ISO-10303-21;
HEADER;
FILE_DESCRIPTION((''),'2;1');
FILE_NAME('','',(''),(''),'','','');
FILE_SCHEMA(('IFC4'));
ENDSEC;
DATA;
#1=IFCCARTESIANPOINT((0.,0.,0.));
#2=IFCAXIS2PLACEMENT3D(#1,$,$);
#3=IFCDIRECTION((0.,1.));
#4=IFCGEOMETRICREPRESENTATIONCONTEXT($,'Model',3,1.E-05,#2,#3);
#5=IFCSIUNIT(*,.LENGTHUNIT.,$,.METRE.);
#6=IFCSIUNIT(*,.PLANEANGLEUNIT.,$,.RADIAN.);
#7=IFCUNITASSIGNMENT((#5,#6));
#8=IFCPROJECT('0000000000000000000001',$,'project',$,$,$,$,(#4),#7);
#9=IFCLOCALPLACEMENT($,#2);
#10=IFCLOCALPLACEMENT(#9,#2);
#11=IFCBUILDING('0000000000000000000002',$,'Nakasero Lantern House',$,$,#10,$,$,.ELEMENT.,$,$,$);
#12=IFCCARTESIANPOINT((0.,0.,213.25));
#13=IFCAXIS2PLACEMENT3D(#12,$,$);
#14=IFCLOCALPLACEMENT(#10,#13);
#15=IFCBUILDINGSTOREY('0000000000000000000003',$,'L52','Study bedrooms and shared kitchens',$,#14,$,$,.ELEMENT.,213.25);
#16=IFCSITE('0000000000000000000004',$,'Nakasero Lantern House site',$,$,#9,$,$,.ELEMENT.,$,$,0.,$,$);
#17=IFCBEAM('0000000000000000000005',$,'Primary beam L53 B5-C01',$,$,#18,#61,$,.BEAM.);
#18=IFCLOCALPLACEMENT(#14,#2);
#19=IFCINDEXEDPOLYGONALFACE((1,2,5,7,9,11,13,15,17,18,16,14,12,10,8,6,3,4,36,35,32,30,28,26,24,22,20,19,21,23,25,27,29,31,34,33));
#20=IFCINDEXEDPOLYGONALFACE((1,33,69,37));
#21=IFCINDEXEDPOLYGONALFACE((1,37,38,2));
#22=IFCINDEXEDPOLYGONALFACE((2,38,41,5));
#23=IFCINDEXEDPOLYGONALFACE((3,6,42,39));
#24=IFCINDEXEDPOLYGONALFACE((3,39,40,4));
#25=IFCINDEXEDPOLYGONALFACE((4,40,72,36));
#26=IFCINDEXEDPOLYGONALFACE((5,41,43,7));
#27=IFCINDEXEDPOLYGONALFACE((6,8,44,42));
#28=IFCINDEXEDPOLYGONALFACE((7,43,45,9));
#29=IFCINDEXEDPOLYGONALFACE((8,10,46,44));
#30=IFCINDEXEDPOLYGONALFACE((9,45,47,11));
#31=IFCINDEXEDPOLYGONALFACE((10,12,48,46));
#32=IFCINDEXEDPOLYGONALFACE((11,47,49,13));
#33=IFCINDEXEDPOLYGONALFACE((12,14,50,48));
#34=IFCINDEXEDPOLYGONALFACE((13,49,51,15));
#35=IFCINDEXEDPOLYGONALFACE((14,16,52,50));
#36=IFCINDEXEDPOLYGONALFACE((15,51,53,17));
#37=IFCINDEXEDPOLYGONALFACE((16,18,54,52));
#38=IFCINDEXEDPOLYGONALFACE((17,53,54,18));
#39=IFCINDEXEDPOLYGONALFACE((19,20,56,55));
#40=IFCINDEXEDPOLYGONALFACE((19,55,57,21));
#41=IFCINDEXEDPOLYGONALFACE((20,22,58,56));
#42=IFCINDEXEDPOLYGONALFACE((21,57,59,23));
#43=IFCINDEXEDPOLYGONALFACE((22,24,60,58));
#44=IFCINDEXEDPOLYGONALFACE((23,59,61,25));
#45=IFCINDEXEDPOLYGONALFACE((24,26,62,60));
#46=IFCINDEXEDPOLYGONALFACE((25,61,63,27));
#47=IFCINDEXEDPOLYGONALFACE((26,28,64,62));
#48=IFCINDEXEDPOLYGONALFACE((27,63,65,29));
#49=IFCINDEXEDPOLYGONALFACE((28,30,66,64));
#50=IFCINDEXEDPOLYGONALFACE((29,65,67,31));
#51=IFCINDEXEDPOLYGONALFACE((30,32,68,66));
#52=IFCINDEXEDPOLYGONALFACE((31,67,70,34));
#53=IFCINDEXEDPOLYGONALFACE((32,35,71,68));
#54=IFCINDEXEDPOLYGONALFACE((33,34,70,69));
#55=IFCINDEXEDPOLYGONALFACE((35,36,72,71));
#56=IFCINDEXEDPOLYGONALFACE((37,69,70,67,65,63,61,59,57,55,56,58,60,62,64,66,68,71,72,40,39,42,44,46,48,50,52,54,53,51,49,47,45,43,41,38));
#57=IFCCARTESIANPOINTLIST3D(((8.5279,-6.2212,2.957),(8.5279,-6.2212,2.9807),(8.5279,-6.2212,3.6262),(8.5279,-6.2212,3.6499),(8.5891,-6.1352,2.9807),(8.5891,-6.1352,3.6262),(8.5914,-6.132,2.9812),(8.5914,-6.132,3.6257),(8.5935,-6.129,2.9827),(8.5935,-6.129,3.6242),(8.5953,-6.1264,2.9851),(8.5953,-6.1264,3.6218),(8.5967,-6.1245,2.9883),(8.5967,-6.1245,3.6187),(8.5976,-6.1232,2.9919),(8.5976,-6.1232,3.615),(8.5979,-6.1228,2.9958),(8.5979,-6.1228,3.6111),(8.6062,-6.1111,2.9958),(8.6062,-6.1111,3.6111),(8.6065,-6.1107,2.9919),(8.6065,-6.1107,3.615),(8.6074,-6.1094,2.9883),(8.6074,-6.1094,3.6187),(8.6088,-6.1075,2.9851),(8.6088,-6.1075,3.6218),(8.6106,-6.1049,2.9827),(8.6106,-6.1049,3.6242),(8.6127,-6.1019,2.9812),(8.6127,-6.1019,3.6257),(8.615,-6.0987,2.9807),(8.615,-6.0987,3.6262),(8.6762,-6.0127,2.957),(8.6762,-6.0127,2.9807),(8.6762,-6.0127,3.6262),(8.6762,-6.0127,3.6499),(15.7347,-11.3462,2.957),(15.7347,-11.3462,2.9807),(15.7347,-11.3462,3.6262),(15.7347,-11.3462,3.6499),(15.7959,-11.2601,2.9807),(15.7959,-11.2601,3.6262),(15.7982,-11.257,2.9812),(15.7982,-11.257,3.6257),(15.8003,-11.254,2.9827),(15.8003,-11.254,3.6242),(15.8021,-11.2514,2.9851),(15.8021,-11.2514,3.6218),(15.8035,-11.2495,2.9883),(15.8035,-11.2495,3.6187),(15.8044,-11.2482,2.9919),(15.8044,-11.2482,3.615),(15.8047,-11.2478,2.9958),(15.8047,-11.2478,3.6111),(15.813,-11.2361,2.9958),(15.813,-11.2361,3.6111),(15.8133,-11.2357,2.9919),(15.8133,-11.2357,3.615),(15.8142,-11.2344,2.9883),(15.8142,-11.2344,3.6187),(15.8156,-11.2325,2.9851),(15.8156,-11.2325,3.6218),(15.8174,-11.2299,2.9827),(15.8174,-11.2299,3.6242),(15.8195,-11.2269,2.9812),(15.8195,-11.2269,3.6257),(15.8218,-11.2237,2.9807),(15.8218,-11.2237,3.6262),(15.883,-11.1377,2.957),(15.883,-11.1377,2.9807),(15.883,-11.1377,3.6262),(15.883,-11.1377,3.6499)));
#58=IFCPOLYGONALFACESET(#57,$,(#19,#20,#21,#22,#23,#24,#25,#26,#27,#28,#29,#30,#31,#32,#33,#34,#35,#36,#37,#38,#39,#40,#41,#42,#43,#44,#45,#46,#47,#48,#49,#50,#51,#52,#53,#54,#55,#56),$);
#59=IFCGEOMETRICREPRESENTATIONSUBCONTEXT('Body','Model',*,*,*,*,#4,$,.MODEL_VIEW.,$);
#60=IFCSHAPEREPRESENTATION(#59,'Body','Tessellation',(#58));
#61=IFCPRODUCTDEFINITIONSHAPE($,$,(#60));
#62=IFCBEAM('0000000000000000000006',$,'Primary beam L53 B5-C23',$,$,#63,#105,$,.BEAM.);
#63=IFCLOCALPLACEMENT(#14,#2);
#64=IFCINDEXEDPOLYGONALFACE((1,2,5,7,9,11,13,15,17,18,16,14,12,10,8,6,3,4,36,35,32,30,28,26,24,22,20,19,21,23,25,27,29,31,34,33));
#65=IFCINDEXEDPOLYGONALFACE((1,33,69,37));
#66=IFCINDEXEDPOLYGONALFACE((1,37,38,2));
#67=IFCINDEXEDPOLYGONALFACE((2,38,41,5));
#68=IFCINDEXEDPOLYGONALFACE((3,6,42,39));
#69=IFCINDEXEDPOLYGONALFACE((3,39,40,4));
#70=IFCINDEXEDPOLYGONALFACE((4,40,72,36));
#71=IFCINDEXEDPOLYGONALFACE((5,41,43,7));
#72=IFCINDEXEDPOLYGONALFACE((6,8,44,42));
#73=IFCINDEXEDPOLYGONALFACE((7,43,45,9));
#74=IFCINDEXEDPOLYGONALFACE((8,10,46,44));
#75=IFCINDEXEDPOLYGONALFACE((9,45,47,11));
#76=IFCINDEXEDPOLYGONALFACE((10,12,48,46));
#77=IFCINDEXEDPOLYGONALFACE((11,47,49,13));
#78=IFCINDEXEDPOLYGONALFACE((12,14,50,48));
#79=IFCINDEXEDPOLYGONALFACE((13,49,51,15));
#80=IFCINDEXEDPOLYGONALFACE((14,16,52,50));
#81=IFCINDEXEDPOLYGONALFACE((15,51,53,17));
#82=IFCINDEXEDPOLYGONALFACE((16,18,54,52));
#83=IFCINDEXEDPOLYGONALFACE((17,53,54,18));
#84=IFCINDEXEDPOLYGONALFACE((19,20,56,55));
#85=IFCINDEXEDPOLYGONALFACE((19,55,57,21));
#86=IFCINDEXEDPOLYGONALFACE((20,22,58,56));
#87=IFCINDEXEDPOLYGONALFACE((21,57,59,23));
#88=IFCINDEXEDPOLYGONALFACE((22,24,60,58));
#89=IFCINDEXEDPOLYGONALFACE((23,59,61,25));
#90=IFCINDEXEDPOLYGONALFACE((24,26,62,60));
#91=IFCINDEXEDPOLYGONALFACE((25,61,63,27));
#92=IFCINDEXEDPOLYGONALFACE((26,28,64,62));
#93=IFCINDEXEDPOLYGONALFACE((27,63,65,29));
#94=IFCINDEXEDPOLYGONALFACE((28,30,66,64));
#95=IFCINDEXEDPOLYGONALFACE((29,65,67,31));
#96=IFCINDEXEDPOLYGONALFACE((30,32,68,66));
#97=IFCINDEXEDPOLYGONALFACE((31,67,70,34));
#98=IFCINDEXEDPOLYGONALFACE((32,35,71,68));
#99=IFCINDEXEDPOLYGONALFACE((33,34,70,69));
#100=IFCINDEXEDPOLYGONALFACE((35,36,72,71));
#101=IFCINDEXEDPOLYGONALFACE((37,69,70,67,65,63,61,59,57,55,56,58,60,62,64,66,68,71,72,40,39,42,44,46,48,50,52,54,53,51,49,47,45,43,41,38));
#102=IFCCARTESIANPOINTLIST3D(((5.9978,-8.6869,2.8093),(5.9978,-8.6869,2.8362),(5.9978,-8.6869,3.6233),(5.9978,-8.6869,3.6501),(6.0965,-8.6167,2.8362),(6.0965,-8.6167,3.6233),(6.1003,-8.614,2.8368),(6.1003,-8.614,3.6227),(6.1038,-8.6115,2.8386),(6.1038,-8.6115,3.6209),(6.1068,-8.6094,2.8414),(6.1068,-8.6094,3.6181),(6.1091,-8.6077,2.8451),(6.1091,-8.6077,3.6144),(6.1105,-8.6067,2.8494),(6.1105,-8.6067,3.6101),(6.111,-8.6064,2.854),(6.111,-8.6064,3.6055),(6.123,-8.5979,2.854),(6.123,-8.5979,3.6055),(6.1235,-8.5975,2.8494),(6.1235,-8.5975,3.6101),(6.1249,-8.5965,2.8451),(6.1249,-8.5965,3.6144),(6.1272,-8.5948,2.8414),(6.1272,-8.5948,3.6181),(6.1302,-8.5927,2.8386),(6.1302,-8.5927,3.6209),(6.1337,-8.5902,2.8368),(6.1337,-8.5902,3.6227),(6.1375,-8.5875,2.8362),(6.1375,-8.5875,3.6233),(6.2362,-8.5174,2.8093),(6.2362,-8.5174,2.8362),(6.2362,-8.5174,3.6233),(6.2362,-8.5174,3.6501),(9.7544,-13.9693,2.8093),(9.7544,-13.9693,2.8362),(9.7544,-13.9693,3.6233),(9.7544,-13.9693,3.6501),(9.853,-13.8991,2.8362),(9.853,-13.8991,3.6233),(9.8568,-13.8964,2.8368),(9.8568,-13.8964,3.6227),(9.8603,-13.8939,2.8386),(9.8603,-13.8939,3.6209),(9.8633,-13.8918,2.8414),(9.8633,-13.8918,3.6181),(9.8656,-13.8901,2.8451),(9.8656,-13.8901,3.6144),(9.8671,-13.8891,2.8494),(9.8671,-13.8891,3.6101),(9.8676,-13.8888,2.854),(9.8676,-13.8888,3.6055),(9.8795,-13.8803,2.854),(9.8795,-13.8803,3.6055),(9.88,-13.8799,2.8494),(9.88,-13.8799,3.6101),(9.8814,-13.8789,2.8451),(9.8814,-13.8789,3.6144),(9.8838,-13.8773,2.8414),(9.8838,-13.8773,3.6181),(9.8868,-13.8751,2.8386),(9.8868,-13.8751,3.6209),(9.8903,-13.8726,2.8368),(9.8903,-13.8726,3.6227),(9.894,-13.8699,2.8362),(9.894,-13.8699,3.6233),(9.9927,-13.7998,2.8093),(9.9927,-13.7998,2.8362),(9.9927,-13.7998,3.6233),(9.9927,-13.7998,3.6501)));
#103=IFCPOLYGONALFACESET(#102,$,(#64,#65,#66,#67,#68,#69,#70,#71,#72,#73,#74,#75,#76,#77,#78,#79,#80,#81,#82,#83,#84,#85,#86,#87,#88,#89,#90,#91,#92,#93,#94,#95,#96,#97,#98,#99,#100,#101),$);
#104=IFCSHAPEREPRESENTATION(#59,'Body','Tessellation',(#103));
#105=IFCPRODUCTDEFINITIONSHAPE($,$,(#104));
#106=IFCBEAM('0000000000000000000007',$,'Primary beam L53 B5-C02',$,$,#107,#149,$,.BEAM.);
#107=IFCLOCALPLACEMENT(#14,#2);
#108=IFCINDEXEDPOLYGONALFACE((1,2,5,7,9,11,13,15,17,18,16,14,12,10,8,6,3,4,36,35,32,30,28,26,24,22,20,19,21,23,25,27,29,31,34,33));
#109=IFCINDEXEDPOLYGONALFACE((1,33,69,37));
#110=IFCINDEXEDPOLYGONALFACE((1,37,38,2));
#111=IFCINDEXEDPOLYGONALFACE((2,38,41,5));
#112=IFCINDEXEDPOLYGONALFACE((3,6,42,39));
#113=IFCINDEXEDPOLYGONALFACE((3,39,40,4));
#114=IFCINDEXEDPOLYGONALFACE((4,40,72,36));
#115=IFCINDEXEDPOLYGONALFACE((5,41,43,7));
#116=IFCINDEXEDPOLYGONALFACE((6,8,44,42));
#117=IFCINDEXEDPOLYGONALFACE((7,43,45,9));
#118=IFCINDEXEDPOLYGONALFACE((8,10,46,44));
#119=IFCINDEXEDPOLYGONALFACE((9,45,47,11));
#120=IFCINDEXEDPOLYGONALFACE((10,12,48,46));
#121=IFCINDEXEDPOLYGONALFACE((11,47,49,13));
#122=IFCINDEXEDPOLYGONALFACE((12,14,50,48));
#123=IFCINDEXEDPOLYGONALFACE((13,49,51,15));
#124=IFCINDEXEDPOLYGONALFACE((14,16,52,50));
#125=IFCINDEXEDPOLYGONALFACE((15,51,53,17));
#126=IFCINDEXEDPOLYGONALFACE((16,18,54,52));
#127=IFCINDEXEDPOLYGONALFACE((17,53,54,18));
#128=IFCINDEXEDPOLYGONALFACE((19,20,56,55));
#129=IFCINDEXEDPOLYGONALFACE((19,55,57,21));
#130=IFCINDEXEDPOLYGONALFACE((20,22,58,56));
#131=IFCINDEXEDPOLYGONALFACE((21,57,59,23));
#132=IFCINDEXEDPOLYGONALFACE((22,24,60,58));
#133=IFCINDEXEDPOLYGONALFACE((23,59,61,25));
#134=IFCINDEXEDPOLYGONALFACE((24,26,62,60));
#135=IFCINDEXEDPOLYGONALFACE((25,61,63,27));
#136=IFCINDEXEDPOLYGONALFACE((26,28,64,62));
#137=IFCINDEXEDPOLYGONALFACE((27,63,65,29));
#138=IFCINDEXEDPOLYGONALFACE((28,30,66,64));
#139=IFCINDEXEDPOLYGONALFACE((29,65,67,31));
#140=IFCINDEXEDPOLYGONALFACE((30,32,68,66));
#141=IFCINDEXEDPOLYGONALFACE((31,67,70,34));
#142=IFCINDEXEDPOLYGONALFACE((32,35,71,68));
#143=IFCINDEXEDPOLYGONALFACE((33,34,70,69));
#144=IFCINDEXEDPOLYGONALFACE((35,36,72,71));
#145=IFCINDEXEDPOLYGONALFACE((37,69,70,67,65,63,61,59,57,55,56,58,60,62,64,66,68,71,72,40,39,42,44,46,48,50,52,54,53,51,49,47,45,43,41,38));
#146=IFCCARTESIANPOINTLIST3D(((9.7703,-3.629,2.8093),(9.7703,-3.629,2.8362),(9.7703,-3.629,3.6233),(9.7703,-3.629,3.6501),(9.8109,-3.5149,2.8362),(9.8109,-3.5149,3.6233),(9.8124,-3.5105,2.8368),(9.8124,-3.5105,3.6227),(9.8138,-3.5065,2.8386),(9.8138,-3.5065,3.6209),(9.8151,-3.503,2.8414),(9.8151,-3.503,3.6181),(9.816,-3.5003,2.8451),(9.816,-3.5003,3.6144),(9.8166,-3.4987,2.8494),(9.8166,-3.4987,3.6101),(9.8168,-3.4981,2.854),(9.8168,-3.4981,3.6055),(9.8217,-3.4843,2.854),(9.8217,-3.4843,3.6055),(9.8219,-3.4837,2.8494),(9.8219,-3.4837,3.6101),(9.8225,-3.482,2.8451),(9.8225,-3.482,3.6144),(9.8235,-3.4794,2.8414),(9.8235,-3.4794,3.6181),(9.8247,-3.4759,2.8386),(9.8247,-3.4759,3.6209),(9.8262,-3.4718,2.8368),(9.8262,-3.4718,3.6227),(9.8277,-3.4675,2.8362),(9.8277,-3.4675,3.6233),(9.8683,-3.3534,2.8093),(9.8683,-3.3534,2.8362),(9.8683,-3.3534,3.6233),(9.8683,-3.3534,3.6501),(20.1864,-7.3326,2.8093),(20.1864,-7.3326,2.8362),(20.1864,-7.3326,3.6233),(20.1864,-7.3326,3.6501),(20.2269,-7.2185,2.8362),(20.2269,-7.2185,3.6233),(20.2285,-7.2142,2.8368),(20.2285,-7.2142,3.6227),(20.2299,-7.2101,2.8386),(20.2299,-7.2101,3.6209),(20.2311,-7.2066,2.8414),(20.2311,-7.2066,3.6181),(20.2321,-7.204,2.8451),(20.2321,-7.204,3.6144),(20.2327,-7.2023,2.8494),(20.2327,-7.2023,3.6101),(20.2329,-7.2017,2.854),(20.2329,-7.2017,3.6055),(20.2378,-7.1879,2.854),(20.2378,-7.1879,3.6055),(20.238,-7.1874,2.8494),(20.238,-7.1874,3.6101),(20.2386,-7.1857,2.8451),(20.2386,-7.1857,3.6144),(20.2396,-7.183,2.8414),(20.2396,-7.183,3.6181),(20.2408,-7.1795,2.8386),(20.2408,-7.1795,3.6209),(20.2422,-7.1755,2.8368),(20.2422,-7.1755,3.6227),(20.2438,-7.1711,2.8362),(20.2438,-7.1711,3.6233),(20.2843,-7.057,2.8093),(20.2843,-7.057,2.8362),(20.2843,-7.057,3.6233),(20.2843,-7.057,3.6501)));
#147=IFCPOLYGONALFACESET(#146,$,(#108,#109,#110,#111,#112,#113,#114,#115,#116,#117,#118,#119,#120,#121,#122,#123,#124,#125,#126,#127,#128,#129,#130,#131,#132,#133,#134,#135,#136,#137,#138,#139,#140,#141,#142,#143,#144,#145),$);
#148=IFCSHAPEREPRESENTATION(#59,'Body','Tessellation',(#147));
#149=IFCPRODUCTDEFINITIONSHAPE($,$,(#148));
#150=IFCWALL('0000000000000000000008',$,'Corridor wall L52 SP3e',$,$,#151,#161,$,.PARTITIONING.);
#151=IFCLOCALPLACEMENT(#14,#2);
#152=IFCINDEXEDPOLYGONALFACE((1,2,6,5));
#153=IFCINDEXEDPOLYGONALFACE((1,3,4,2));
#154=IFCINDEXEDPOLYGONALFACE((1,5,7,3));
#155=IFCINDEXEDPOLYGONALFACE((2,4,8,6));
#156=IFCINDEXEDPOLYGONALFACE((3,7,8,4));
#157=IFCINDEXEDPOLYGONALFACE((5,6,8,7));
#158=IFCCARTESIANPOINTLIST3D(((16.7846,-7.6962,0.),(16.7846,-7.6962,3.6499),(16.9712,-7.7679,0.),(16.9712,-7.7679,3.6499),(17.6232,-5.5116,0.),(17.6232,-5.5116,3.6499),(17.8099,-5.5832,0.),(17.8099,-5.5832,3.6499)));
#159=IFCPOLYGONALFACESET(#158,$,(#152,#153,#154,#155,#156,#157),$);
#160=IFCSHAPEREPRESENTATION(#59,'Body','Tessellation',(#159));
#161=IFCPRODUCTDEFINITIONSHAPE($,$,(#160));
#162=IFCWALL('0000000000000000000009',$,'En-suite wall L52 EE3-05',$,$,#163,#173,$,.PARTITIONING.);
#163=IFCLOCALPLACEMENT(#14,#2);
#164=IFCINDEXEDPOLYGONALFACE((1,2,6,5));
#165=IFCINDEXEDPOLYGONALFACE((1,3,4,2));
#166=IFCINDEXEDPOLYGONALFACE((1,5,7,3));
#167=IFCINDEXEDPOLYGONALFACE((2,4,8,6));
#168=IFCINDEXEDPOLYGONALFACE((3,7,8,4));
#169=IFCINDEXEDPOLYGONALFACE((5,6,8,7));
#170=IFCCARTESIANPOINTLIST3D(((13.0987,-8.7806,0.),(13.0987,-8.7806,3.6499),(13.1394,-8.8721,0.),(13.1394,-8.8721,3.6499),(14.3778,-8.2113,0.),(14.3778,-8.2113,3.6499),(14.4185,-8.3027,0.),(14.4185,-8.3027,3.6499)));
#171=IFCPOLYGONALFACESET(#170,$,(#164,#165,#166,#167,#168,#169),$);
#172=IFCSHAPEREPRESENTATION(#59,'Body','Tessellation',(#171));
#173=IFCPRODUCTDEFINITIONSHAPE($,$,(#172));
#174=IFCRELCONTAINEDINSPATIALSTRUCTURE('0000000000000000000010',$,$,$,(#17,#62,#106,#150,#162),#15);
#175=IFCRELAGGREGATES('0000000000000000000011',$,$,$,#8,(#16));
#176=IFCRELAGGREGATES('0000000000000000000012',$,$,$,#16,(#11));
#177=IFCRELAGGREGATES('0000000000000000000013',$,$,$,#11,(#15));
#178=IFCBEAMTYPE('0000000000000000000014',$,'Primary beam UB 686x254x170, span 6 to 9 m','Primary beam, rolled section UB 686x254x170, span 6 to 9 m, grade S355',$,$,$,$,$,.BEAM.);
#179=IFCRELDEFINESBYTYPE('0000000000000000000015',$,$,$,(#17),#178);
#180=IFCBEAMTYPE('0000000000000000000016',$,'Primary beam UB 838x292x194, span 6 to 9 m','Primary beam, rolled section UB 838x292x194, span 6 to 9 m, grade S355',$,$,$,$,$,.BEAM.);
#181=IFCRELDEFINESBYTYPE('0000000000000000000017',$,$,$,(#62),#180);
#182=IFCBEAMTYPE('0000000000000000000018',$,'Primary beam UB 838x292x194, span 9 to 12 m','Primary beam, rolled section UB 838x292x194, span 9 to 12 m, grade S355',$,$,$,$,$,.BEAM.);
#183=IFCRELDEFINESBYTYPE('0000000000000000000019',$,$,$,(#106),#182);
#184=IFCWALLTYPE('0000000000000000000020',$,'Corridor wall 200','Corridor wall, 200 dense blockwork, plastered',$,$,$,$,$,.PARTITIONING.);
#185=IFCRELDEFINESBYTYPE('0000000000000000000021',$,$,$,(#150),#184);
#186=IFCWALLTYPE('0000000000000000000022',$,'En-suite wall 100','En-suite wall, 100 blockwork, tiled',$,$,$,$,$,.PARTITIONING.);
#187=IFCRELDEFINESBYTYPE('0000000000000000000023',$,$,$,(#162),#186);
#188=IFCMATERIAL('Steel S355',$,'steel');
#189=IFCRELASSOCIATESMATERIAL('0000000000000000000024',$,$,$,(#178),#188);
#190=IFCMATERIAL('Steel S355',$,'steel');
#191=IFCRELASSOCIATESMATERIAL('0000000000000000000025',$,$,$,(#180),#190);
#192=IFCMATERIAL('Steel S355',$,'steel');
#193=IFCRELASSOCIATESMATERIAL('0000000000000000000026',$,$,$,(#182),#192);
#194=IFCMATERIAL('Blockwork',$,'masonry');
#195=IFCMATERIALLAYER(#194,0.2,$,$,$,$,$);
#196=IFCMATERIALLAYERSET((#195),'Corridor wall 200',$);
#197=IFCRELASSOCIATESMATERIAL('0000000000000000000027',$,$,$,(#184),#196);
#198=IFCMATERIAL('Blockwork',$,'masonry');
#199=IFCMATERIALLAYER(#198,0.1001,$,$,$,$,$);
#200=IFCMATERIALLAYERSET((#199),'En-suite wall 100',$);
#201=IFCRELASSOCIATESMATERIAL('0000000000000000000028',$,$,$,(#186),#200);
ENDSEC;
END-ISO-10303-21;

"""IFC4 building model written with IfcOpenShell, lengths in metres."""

from ifc_helpers import new_model, si_unit, direction, frame, frame_2d, origin, origin_2d, place, context, subcontext, project, spatial, rectangle, i_section, extrude, material, layer, layer_set, material_profile, profile_set, type_object, element, save


model = new_model("IFC4")

# Units and contexts
model_context = context("Model", 3, precision=1e-05, world=origin(), true_north=direction((0.0, 1.0)))
body_context = subcontext(model_context, "Body", "Model", "MODEL_VIEW")
ifc_project = project(units=[si_unit("LENGTHUNIT", "METRE"), si_unit("PLANEANGLEUNIT", "RADIAN")], contexts=[model_context])

# Site, building, storey
site_placement = place(None, origin())
site = spatial("IfcSite", under=ifc_project, at=site_placement, Name="Nakasero Lantern House site", CompositionType="ELEMENT", RefElevation=0.0)
building_placement = place(site_placement, origin())
building = spatial("IfcBuilding", under=site, at=building_placement, Name="Nakasero Lantern House", CompositionType="ELEMENT")
storey_placement = place(building_placement, frame((0.0, 0.0, 213.25)))
storey = spatial("IfcBuildingStorey", under=building, at=storey_placement, Name="L52", Description="Study bedrooms and shared kitchens", CompositionType="ELEMENT", Elevation=213.25)

# Beams
ifc_material_1 = material(Name="Steel S355", Category="steel")
ifc_material_profile_1 = material_profile(ifc_material_1, i_section(OverallWidth=0.2559, OverallDepth=0.6929, WebThickness=0.0144, FlangeThickness=0.0237, FilletRadius=0.0151, at=origin_2d()), Name="UB 686x254x170")
ifc_profile_set_1 = profile_set([ifc_material_profile_1], Name="Steel S355")
beam_type_1 = type_object("IfcBeamType", Name="Primary beam UB 686x254x170, span 6 to 9 m", Description="Primary beam, rolled section UB 686x254x170, span 6 to 9 m, grade S355", PredefinedType="BEAM", material=ifc_profile_set_1)
beam_1_placement = place(storey_placement, frame((15.8088, -11.2419, 3.3035), z_axis=(-0.814946, 0.579537, 0.0), x_axis=(-0.579537, -0.814946, 0.0)))
element("IfcBeam", 1, at=beam_1_placement, inside=storey, type_object=beam_type_1, Name="Primary beam L53 B5-C01", PredefinedType="BEAM", context=body_context, shape_type="SweptSolid", body=[
    extrude(i_section(OverallWidth=0.2559, OverallDepth=0.6929, WebThickness=0.0144, FlangeThickness=0.0237, FilletRadius=0.0151, at=origin_2d()), origin(), (0.0, 0.0, 1.0), 8.8433),
])
ifc_material_2 = material(Name="Steel S355", Category="steel")
ifc_material_profile_2 = material_profile(ifc_material_2, i_section(OverallWidth=0.2925, OverallDepth=0.8408, WebThickness=0.0146, FlangeThickness=0.0269, FilletRadius=0.0178, at=origin_2d()), Name="UB 838x292x194")
ifc_profile_set_2 = profile_set([ifc_material_profile_2], Name="Steel S355")
beam_type_2 = type_object("IfcBeamType", Name="Primary beam UB 838x292x194, span 6 to 9 m", Description="Primary beam, rolled section UB 838x292x194, span 6 to 9 m, grade S355", PredefinedType="BEAM", material=ifc_profile_set_2)
beam_2_placement = place(storey_placement, frame((9.8735, -13.8845, 3.2297), z_axis=(-0.579541, 0.814943, 0.0), x_axis=(-0.814943, -0.579541, 0.0)))
element("IfcBeam", 2, at=beam_2_placement, inside=storey, type_object=beam_type_2, Name="Primary beam L53 B5-C23", PredefinedType="BEAM", context=body_context, shape_type="SweptSolid", body=[
    extrude(i_section(OverallWidth=0.2925, OverallDepth=0.8408, WebThickness=0.0146, FlangeThickness=0.0269, FilletRadius=0.0178, at=origin_2d()), origin(), (0.0, 0.0, 1.0), 6.4819),
])
ifc_material_3 = material(Name="Steel S355", Category="steel")
ifc_material_profile_3 = material_profile(ifc_material_3, i_section(OverallWidth=0.2925, OverallDepth=0.8408, WebThickness=0.0146, FlangeThickness=0.0269, FilletRadius=0.0178, at=origin_2d()), Name="UB 838x292x194")
ifc_profile_set_3 = profile_set([ifc_material_profile_3], Name="Steel S355")
beam_type_3 = type_object("IfcBeamType", Name="Primary beam UB 838x292x194, span 9 to 12 m", Description="Primary beam, rolled section UB 838x292x194, span 9 to 12 m, grade S355", PredefinedType="BEAM", material=ifc_profile_set_3)
beam_3_placement = place(storey_placement, frame((20.2354, -7.1948, 3.2297), z_axis=(-0.942211, 0.335021, 0.0), x_axis=(-0.335021, -0.942211, 0.0)))
element("IfcBeam", 3, at=beam_3_placement, inside=storey, type_object=beam_type_3, Name="Primary beam L53 B5-C02", PredefinedType="BEAM", context=body_context, shape_type="SweptSolid", body=[
    extrude(i_section(OverallWidth=0.2925, OverallDepth=0.8408, WebThickness=0.0146, FlangeThickness=0.0269, FilletRadius=0.0178, at=origin_2d()), origin(), (0.0, 0.0, 1.0), 11.0549),
])

# Walls
ifc_material_4 = material(Name="Blockwork", Category="masonry")
ifc_layer_1 = layer(ifc_material_4, 0.2)
ifc_layer_set_1 = layer_set([ifc_layer_1], Name="Corridor wall 200")
wall_type_1 = type_object("IfcWallType", Name="Corridor wall 200", Description="Corridor wall, 200 dense blockwork, plastered", PredefinedType="PARTITIONING", material=ifc_layer_set_1)
wall_1_placement = place(storey_placement, frame((16.8779, -7.7319, 0.0), z_axis=(0.0, 0.0, 1.0), x_axis=(0.358385, 0.933574, 0.0)))
element("IfcWall", 4, at=wall_1_placement, inside=storey, type_object=wall_type_1, Name="Corridor wall L52 SP3e", PredefinedType="PARTITIONING", context=body_context, shape_type="SweptSolid", body=[
    extrude(rectangle(XDim=2.3401, YDim=0.2, at=frame_2d((1.1699, 0.0))), origin(), (0.0, 0.0, 1.0), 3.6499),
])
ifc_material_5 = material(Name="Blockwork", Category="masonry")
ifc_layer_2 = layer(ifc_material_5, 0.1001)
ifc_layer_set_2 = layer_set([ifc_layer_2], Name="En-suite wall 100")
wall_type_2 = type_object("IfcWallType", Name="En-suite wall 100", Description="En-suite wall, 100 blockwork, tiled", PredefinedType="PARTITIONING", material=ifc_layer_set_2)
wall_2_placement = place(storey_placement, frame((13.1189, -8.8264, 0.0), z_axis=(0.0, 0.0, 1.0), x_axis=(0.913581, 0.406656, 0.0)))
element("IfcWall", 5, at=wall_2_placement, inside=storey, type_object=wall_type_2, Name="En-suite wall L52 EE3-05", PredefinedType="PARTITIONING", context=body_context, shape_type="SweptSolid", body=[
    extrude(rectangle(XDim=1.4001, YDim=0.1001, at=frame_2d((0.7002, 0.0))), origin(), (0.0, 0.0, 1.0), 3.6499),
])

save(model, "model.ifc")
